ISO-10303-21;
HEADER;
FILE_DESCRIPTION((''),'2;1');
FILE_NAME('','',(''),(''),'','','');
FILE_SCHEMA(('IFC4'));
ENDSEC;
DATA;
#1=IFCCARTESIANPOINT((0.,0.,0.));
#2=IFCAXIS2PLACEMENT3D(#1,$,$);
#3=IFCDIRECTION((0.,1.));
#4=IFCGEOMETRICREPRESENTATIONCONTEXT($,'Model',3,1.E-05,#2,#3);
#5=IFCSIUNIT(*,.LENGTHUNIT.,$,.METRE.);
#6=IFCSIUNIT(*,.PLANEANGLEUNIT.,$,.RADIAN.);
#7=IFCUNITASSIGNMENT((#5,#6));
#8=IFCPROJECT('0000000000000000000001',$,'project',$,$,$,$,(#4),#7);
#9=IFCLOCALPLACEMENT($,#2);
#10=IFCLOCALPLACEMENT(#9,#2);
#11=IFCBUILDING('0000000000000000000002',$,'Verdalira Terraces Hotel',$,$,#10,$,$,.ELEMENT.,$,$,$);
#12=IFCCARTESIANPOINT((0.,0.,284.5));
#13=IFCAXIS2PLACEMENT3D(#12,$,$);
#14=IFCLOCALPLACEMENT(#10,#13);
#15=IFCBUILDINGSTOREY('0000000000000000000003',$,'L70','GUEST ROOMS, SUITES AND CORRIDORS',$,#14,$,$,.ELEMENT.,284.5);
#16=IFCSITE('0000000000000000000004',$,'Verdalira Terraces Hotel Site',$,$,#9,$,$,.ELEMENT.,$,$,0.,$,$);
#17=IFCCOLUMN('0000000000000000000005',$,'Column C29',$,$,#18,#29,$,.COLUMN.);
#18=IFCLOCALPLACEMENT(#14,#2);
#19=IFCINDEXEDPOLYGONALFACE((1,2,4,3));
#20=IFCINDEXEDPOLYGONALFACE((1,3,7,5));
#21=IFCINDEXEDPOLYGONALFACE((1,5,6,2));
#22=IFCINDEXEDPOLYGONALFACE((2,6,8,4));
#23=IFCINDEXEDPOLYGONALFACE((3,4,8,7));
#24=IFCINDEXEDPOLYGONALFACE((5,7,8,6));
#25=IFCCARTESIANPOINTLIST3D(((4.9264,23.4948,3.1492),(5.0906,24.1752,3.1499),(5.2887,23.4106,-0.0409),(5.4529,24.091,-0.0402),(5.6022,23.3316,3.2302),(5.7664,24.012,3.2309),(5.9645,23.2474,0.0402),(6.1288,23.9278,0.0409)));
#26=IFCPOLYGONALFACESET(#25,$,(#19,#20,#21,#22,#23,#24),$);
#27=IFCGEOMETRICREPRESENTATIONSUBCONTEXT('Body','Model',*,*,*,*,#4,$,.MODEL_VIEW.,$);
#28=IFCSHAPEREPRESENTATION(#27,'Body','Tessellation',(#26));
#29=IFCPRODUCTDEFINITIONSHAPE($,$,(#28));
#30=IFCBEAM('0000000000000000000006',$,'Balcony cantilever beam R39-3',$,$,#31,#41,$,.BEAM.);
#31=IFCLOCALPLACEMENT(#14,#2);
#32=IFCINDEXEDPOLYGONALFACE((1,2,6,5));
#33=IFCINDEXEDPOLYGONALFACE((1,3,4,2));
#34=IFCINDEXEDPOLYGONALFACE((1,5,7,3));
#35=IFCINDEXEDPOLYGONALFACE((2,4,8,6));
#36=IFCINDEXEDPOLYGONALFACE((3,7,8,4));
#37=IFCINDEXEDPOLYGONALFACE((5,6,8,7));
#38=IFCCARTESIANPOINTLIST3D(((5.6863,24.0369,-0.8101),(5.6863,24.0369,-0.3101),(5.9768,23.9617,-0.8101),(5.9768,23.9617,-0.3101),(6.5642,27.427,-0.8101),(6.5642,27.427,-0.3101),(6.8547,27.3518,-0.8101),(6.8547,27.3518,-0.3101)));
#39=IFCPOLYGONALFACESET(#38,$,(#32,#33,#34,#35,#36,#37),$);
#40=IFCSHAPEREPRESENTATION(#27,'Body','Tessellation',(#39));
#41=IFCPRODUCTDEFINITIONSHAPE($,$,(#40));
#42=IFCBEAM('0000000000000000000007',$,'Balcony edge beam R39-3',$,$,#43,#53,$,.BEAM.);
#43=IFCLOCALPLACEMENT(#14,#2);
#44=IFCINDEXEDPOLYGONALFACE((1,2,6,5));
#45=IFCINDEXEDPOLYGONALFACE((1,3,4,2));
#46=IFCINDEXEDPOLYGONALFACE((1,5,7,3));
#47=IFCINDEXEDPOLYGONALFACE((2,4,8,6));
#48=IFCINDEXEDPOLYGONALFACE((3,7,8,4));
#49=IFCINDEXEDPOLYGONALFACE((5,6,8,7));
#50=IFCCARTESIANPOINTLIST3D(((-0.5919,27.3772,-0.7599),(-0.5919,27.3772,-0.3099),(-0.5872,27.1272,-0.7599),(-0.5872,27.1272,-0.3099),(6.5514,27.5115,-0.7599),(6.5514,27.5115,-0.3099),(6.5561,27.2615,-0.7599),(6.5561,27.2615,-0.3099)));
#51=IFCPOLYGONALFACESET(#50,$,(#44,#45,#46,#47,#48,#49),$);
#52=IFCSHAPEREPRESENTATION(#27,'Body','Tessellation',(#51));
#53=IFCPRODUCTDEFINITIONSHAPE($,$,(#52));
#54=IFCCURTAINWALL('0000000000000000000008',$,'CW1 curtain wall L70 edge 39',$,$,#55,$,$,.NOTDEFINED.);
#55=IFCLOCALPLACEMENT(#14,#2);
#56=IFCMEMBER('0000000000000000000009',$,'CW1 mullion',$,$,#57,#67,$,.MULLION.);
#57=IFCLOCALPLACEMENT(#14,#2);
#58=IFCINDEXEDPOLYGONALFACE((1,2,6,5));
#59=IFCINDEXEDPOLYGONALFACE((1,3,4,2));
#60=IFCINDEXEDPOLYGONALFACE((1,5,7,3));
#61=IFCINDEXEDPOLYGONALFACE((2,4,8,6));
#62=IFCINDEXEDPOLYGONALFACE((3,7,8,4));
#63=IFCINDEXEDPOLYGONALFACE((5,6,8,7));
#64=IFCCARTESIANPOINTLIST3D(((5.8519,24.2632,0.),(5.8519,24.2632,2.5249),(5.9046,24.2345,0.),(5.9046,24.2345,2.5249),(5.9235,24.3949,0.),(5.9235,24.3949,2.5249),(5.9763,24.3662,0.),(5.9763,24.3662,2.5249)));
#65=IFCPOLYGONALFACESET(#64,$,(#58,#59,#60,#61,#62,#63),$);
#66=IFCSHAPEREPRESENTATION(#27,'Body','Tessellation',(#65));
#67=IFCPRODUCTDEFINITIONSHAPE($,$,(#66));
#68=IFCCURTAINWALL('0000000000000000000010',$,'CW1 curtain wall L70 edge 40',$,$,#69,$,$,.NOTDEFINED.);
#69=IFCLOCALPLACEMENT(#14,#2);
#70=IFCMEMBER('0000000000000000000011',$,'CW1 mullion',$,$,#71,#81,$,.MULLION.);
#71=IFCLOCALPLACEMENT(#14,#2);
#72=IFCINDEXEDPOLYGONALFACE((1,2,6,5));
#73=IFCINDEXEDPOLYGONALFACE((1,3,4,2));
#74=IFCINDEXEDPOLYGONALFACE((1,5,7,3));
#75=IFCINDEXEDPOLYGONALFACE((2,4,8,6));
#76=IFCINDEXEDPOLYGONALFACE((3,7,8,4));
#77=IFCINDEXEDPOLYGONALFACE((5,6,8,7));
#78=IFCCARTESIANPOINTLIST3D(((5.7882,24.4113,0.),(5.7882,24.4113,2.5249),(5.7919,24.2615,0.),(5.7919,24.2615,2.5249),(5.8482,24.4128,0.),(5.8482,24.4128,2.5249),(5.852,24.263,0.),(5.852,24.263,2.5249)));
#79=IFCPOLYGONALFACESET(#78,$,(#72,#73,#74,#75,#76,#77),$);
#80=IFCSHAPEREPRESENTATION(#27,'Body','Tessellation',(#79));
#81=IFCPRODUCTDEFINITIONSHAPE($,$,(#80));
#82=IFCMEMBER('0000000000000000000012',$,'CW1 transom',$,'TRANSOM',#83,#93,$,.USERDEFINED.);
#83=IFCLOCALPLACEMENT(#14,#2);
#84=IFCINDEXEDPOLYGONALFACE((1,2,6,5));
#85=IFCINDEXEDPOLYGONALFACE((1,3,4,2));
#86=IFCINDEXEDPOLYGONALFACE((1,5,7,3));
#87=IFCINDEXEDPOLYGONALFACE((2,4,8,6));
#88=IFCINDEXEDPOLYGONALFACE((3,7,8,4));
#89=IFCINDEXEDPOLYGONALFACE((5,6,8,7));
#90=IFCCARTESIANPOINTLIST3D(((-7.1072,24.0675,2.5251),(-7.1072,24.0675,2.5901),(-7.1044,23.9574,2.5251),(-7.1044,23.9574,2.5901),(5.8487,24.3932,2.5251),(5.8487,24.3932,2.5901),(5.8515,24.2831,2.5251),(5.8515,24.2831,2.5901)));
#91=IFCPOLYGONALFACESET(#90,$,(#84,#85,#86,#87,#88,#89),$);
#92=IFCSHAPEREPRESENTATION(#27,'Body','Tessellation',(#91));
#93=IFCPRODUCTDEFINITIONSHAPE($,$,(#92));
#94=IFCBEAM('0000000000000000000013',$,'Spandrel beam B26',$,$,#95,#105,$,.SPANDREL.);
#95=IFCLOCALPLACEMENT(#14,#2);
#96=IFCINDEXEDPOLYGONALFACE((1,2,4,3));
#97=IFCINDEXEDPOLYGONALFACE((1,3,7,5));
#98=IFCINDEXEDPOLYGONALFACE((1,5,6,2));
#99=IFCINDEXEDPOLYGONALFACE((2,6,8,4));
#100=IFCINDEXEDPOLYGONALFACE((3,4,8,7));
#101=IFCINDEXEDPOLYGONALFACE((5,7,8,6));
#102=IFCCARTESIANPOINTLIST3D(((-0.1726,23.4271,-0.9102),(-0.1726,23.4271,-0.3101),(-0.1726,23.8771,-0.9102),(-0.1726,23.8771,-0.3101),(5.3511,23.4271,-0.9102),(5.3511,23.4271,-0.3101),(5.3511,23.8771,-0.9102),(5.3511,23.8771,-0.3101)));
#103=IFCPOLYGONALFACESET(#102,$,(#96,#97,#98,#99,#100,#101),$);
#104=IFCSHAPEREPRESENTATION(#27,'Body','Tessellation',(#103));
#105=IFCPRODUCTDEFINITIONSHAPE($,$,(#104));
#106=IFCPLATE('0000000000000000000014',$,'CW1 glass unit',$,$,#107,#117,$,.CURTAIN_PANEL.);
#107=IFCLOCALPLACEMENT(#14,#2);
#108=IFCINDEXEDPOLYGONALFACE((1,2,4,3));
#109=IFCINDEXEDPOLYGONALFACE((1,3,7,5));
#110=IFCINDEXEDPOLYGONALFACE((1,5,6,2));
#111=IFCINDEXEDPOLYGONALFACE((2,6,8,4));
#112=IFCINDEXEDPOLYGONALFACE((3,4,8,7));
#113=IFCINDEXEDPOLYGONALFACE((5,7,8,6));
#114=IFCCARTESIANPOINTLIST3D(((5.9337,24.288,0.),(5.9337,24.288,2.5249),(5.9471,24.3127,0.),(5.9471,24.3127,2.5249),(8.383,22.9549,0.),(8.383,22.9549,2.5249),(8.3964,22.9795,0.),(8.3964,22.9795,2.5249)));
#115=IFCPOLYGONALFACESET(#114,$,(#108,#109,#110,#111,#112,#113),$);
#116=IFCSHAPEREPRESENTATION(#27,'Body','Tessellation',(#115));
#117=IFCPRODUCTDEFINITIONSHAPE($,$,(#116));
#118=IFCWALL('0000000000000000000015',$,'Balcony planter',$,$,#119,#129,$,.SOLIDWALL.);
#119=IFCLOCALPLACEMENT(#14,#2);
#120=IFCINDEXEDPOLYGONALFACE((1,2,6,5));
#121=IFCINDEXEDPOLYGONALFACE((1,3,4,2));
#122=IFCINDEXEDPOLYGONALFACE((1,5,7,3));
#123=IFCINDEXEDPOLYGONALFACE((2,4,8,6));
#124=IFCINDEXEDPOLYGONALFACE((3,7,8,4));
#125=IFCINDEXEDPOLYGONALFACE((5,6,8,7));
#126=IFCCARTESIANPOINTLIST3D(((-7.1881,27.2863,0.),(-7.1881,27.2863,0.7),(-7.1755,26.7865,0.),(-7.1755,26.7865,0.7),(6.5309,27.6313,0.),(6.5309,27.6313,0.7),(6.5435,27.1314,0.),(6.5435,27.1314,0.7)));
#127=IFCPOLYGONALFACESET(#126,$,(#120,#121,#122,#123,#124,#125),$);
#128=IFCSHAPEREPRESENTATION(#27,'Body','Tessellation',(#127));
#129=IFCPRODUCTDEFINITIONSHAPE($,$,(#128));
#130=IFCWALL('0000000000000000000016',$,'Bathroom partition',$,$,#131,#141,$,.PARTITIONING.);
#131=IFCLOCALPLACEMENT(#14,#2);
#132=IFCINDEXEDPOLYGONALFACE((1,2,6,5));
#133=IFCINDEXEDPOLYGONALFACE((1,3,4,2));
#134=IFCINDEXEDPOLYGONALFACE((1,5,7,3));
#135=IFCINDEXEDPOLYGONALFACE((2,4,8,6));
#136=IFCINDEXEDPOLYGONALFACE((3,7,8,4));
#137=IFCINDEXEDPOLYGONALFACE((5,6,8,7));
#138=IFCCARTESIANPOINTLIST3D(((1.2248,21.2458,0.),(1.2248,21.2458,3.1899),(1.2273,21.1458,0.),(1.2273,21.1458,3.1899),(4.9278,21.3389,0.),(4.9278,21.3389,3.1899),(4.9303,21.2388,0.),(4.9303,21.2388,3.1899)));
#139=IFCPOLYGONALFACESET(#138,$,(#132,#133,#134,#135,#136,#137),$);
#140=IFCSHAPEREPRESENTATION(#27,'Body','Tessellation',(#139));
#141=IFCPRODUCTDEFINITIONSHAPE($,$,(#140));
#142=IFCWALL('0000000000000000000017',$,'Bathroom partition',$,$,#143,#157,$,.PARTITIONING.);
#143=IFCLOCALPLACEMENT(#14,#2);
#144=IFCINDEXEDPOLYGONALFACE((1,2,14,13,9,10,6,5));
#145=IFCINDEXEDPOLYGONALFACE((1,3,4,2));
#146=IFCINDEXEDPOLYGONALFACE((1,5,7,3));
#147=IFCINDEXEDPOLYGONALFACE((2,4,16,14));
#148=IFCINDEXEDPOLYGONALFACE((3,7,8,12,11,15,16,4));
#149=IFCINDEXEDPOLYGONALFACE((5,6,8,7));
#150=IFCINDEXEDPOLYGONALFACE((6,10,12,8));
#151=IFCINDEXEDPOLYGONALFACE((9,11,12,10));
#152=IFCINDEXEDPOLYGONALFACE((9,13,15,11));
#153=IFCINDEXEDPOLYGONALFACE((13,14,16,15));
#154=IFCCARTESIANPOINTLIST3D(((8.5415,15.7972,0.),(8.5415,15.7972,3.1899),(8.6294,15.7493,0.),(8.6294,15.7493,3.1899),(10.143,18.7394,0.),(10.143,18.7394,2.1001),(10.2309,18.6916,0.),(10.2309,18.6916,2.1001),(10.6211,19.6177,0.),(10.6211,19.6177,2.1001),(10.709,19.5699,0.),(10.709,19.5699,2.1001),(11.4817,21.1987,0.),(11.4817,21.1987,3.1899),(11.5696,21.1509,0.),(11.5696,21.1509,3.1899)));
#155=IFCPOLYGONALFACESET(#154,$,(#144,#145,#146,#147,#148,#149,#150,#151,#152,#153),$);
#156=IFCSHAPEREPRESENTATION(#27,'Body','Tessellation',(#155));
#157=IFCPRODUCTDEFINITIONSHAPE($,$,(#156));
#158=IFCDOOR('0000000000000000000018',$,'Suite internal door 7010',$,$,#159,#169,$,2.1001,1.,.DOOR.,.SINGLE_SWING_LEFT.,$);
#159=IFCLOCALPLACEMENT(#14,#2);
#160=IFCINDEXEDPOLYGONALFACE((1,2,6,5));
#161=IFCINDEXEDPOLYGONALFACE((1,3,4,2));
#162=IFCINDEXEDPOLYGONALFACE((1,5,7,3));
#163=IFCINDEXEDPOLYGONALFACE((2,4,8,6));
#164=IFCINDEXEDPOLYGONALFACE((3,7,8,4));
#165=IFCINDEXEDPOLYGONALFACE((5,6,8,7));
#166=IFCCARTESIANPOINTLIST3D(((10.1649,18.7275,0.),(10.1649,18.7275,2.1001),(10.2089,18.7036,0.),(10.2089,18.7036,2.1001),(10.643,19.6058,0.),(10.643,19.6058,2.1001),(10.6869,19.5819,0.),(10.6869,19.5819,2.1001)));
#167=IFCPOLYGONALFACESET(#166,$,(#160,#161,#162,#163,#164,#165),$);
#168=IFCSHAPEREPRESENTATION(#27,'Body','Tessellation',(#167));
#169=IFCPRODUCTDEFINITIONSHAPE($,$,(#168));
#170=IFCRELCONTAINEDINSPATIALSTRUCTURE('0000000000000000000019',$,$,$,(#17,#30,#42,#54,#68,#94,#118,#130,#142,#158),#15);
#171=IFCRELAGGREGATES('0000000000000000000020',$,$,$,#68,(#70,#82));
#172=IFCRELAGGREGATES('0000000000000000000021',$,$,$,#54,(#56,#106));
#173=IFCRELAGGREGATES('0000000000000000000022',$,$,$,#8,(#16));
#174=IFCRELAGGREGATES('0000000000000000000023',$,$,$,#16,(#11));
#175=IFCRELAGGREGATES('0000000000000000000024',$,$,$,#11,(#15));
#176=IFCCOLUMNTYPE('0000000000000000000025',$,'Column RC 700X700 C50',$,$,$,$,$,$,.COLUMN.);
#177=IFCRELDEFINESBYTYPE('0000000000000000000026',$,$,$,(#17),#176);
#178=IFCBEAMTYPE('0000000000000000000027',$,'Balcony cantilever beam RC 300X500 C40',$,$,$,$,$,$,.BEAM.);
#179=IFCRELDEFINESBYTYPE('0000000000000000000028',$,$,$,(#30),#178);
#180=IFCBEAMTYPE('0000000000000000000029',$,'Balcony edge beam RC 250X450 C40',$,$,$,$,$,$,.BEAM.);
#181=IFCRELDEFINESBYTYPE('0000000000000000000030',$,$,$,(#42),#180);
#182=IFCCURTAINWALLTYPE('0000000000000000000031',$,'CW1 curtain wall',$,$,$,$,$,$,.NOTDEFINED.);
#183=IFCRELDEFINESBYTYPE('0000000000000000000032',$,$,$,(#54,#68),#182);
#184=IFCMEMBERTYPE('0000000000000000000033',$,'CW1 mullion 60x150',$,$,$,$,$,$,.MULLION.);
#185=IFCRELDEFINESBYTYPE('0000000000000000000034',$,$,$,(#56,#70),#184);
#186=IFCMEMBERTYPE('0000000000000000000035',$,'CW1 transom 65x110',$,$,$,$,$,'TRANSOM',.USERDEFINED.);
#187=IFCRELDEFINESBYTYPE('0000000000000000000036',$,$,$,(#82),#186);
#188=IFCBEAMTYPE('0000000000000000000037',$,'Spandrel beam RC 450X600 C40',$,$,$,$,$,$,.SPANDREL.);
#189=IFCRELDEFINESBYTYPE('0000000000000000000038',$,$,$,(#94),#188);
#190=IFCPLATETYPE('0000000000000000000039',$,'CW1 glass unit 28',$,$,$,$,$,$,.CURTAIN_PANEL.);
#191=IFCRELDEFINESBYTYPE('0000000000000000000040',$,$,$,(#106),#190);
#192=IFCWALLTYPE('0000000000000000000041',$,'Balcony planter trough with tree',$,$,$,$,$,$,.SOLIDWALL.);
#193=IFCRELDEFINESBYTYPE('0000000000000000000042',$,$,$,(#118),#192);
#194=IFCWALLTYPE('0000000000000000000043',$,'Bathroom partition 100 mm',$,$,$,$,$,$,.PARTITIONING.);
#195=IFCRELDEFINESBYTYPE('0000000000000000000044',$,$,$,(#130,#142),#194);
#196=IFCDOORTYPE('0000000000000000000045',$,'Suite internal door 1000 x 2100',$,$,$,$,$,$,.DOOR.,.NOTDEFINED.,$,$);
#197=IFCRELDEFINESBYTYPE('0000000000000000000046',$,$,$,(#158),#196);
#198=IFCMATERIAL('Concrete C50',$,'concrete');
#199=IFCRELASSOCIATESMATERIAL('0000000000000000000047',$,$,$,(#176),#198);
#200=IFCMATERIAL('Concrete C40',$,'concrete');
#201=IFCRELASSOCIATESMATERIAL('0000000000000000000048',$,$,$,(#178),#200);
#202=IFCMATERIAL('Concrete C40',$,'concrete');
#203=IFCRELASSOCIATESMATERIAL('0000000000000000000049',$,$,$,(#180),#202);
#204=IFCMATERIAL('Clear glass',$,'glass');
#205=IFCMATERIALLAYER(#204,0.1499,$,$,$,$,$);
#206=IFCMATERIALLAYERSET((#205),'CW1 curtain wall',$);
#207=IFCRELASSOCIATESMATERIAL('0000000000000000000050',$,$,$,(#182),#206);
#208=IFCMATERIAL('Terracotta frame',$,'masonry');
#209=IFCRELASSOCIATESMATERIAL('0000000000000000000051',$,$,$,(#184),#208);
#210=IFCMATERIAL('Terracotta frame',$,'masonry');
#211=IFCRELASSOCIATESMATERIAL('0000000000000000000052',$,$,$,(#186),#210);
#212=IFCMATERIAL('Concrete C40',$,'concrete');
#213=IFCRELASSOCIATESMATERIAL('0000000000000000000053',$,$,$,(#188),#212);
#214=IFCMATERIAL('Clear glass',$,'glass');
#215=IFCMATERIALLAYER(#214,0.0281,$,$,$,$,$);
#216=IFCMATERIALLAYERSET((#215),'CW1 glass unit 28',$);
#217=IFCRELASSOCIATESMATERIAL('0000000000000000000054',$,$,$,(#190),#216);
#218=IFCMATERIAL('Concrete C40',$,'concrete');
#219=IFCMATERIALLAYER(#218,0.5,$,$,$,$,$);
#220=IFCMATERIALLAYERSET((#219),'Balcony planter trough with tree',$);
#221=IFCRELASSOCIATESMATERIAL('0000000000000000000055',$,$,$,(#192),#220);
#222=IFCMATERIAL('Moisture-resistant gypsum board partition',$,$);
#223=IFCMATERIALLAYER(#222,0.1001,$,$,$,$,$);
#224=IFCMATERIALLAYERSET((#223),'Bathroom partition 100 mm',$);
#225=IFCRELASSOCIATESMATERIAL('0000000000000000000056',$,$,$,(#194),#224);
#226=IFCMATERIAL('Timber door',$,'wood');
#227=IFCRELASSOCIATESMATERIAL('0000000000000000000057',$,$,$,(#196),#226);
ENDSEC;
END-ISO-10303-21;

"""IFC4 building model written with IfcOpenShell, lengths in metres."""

from ifc_helpers import new_model, si_unit, direction, frame, frame_2d, origin, origin_2d, place, context, subcontext, project, spatial, rectangle, extrude, material, layer, layer_set, material_profile, profile_set, type_object, element, fill, aggregate, save


model = new_model("IFC4")

# Units and contexts
model_context = context("Model", 3, precision=1e-05, world=origin(), true_north=direction((0.0, 1.0)))
body_context = subcontext(model_context, "Body", "Model", "MODEL_VIEW")
ifc_project = project(units=[si_unit("LENGTHUNIT", "METRE"), si_unit("PLANEANGLEUNIT", "RADIAN")], contexts=[model_context])

# Site, building, storey
site_placement = place(None, origin())
site = spatial("IfcSite", under=ifc_project, at=site_placement, Name="Verdalira Terraces Hotel Site", CompositionType="ELEMENT", RefElevation=0.0)
building_placement = place(site_placement, origin())
building = spatial("IfcBuilding", under=site, at=building_placement, Name="Verdalira Terraces Hotel", CompositionType="ELEMENT")
storey_placement = place(building_placement, frame((0.0, 0.0, 284.5)))
storey = spatial("IfcBuildingStorey", under=building, at=storey_placement, Name="L70", Description="GUEST ROOMS, SUITES AND CORRIDORS", CompositionType="ELEMENT", Elevation=284.5)

# Column
ifc_material_1 = material(Name="Concrete C50", Category="concrete")
ifc_material_profile_1 = material_profile(ifc_material_1, rectangle(XDim=0.7, YDim=0.7, at=origin_2d()), Name="RC 700X700")
ifc_profile_set_1 = profile_set([ifc_material_profile_1], Name="Concrete C50")
column_type = type_object("IfcColumnType", Name="Column RC 700X700 C50", PredefinedType="COLUMN", material=ifc_profile_set_1)
column_placement = place(storey_placement, frame((5.7087, 23.6692, 0.0), z_axis=(-0.112813, 0.026227, 0.99327), x_axis=(0.965526, -0.233123, 0.115817)))
element("IfcColumn", 1, at=column_placement, inside=storey, type_object=column_type, Name="Column C29", PredefinedType="COLUMN", context=body_context, shape_type="SweptSolid", body=[
    extrude(rectangle(XDim=0.7, YDim=0.7, at=origin_2d()), origin(), (0.0, 0.0, 1.0), 3.2117),
])

# Beams
ifc_material_2 = material(Name="Concrete C40", Category="concrete")
ifc_material_profile_2 = material_profile(ifc_material_2, rectangle(XDim=0.3, YDim=0.5, at=origin_2d()), Name="RC 300X500")
ifc_profile_set_2 = profile_set([ifc_material_profile_2], Name="Concrete C40")
beam_type_1 = type_object("IfcBeamType", Name="Balcony cantilever beam RC 300X500 C40", PredefinedType="BEAM", material=ifc_profile_set_2)
beam_1_placement = place(storey_placement, frame((5.8315, 23.9993, -0.5601), z_axis=(0.250696, 0.968066, 0.0), x_axis=(-0.968066, 0.250696, 0.0)))
element("IfcBeam", 2, at=beam_1_placement, inside=storey, type_object=beam_type_1, Name="Balcony cantilever beam R39-3", PredefinedType="BEAM", context=body_context, shape_type="SweptSolid", body=[
    extrude(rectangle(XDim=0.3, YDim=0.5, at=origin_2d()), origin(), (0.0, 0.0, 1.0), 3.502),
])
ifc_material_3 = material(Name="Concrete C40", Category="concrete")
ifc_material_profile_3 = material_profile(ifc_material_3, rectangle(XDim=0.25, YDim=0.45, at=origin_2d()), Name="RC 250X450")
ifc_profile_set_3 = profile_set([ifc_material_profile_3], Name="Concrete C40")
beam_type_2 = type_object("IfcBeamType", Name="Balcony edge beam RC 250X450 C40", PredefinedType="BEAM", material=ifc_profile_set_3)
beam_2_placement = place(storey_placement, frame((6.5537, 27.3865, -0.5349), z_axis=(-0.999823, -0.018794, 0.0), x_axis=(0.018794, -0.999823, 0.0)))
element("IfcBeam", 3, at=beam_2_placement, inside=storey, type_object=beam_type_2, Name="Balcony edge beam R39-3", PredefinedType="BEAM", context=body_context, shape_type="SweptSolid", body=[
    extrude(rectangle(XDim=0.25, YDim=0.45, at=origin_2d()), origin(), (0.0, 0.0, 1.0), 7.1445),
])

# Curtain wall, member
ifc_material_4 = material(Name="Clear glass", Category="glass")
ifc_layer_1 = layer(ifc_material_4, 0.1499)
ifc_layer_set_1 = layer_set([ifc_layer_1], Name="CW1 curtain wall")
curtain_wall_type = type_object("IfcCurtainWallType", Name="CW1 curtain wall", PredefinedType="NOTDEFINED", material=ifc_layer_set_1)
curtain_wall_1_placement = place(storey_placement, origin())
curtain_wall_1 = element("IfcCurtainWall", 4, at=curtain_wall_1_placement, inside=storey, type_object=curtain_wall_type, Name="CW1 curtain wall L70 edge 39", PredefinedType="NOTDEFINED")
ifc_material_5 = material(Name="Terracotta frame", Category="masonry")
ifc_material_profile_4 = material_profile(ifc_material_5, rectangle(XDim=0.0601, YDim=0.1499, at=origin_2d()), Name="MU 60x150")
ifc_profile_set_4 = profile_set([ifc_material_profile_4], Name="Terracotta frame")
member_type_1 = type_object("IfcMemberType", Name="CW1 mullion 60x150", PredefinedType="MULLION", material=ifc_profile_set_4)
member_1_placement = place(storey_placement, frame((5.9141, 24.3147, 0.0), z_axis=(0.0, 0.0, 1.0), x_axis=(-0.878317, 0.478079, 0.0)))
member_1 = element("IfcMember", 5, at=member_1_placement, type_object=member_type_1, Name="CW1 mullion", PredefinedType="MULLION", context=body_context, shape_type="SweptSolid", body=[
    extrude(rectangle(XDim=0.0601, YDim=0.1499, at=origin_2d()), origin(), (0.0, 0.0, 1.0), 2.5249),
])

# Curtain wall, members
curtain_wall_2_placement = place(storey_placement, origin())
curtain_wall_2 = element("IfcCurtainWall", 6, at=curtain_wall_2_placement, inside=storey, type_object=curtain_wall_type, Name="CW1 curtain wall L70 edge 40", PredefinedType="NOTDEFINED")
member_2_placement = place(storey_placement, frame((5.8201, 24.3372, 0.0), z_axis=(0.0, 0.0, 1.0), x_axis=(-0.999684, -0.02513, 0.0)))
member_2 = element("IfcMember", 7, at=member_2_placement, type_object=member_type_1, Name="CW1 mullion", PredefinedType="MULLION", context=body_context, shape_type="SweptSolid", body=[
    extrude(rectangle(XDim=0.0601, YDim=0.1499, at=origin_2d()), origin(), (0.0, 0.0, 1.0), 2.5249),
])
ifc_material_6 = material(Name="Terracotta frame", Category="masonry")
ifc_material_profile_5 = material_profile(ifc_material_6, rectangle(XDim=0.1101, YDim=0.0649, at=origin_2d()), Name="TR 65x110")
ifc_profile_set_5 = profile_set([ifc_material_profile_5], Name="Terracotta frame")
member_type_2 = type_object("IfcMemberType", Name="CW1 transom 65x110", ElementType="TRANSOM", PredefinedType="USERDEFINED", material=ifc_profile_set_5)
member_3_placement = place(storey_placement, frame((5.8501, 24.3381, 2.5576), z_axis=(-0.999684, -0.02513, 0.0), x_axis=(0.02513, -0.999684, 0.0)))
member_3 = element("IfcMember", 8, at=member_3_placement, type_object=member_type_2, Name="CW1 transom", ObjectType="TRANSOM", PredefinedType="USERDEFINED", context=body_context, shape_type="SweptSolid", body=[
    extrude(rectangle(XDim=0.1101, YDim=0.0649, at=origin_2d()), origin(), (0.0, 0.0, 1.0), 12.96),
])
aggregate(curtain_wall_2, [member_2, member_3])

# Beam
ifc_material_7 = material(Name="Concrete C40", Category="concrete")
ifc_material_profile_6 = material_profile(ifc_material_7, rectangle(XDim=0.45, YDim=0.6001, at=origin_2d()), Name="RC 450X600")
ifc_profile_set_6 = profile_set([ifc_material_profile_6], Name="Concrete C40")
beam_type_3 = type_object("IfcBeamType", Name="Spandrel beam RC 450X600 C40", PredefinedType="SPANDREL", material=ifc_profile_set_6)
beam_3_placement = place(storey_placement, frame((5.3511, 23.6521, -0.6101), z_axis=(-1.0, 0.0, 0.0), x_axis=(0.0, -1.0, 0.0)))
element("IfcBeam", 9, at=beam_3_placement, inside=storey, type_object=beam_type_3, Name="Spandrel beam B26", PredefinedType="SPANDREL", context=body_context, shape_type="SweptSolid", body=[
    extrude(rectangle(XDim=0.45, YDim=0.6001, at=origin_2d()), origin(), (0.0, 0.0, 1.0), 5.5237),
])

# Plate
ifc_material_8 = material(Name="Clear glass", Category="glass")
ifc_layer_2 = layer(ifc_material_8, 0.0281)
ifc_layer_set_2 = layer_set([ifc_layer_2], Name="CW1 glass unit 28")
plate_type = type_object("IfcPlateType", Name="CW1 glass unit 28", PredefinedType="CURTAIN_PANEL", material=ifc_layer_set_2)
plate_placement = place(storey_placement, frame((7.165, 23.6338, 0.0), z_axis=(0.0, 0.0, 1.0), x_axis=(-0.878317, 0.478079, 0.0)))
plate = element("IfcPlate", 10, at=plate_placement, type_object=plate_type, Name="CW1 glass unit", PredefinedType="CURTAIN_PANEL", context=body_context, shape_type="SweptSolid", body=[
    extrude(rectangle(XDim=2.7886, YDim=0.0281, at=origin_2d()), origin(), (0.0, 0.0, 1.0), 2.5249),
])
aggregate(curtain_wall_1, [member_1, plate])

# Walls
ifc_material_9 = material(Name="Concrete C40", Category="concrete")
ifc_layer_3 = layer(ifc_material_9, 0.5)
ifc_layer_set_3 = layer_set([ifc_layer_3], Name="Balcony planter trough with tree")
wall_type_1 = type_object("IfcWallType", Name="Balcony planter trough with tree", PredefinedType="SOLIDWALL", material=ifc_layer_set_3)
wall_1_placement = place(storey_placement, frame((6.5374, 27.3813, 0.0), z_axis=(0.0, 0.0, 1.0), x_axis=(-0.999684, -0.025138, 0.0)))
element("IfcWall", 11, at=wall_1_placement, inside=storey, type_object=wall_type_1, Name="Balcony planter", PredefinedType="SOLIDWALL", context=body_context, shape_type="SweptSolid", body=[
    extrude(rectangle(XDim=13.7234, YDim=0.5, at=frame_2d((6.8618, 0.0))), origin(), (0.0, 0.0, 1.0), 0.7),
])
ifc_material_10 = material(Name="Moisture-resistant gypsum board partition")
ifc_layer_4 = layer(ifc_material_10, 0.1001)
ifc_layer_set_4 = layer_set([ifc_layer_4], Name="Bathroom partition 100 mm")
wall_type_2 = type_object("IfcWallType", Name="Bathroom partition 100 mm", PredefinedType="PARTITIONING", material=ifc_layer_set_4)
wall_2_placement = place(storey_placement, frame((1.2261, 21.1958, 0.0), z_axis=(0.0, 0.0, 1.0), x_axis=(0.999685, 0.025112, 0.0)))
element("IfcWall", 12, at=wall_2_placement, inside=storey, type_object=wall_type_2, Name="Bathroom partition", PredefinedType="PARTITIONING", context=body_context, shape_type="SweptSolid", body=[
    extrude(rectangle(XDim=3.7041, YDim=0.1001, at=frame_2d((1.8521, 0.0))), origin(), (0.0, 0.0, 1.0), 3.1899),
])

# Wall, opening, door
wall_3_placement = place(storey_placement, frame((11.5256, 21.1748, 0.0), z_axis=(0.0, 0.0, 1.0), x_axis=(-0.478082, -0.878315, 0.0)))
wall_3 = element("IfcWall", 13, at=wall_3_placement, inside=storey, type_object=wall_type_2, Name="Bathroom partition", PredefinedType="PARTITIONING", context=body_context, shape_type="SweptSolid", body=[
    extrude(rectangle(XDim=6.1499, YDim=0.1001, at=frame_2d((3.075, 0.0))), origin(), (0.0, 0.0, 1.0), 3.1899),
])
opening_1_placement = place(wall_3_placement, frame((1.8, 0.0, 0.0)))
opening_1 = element("IfcOpeningElement", 14, at=opening_1_placement, cuts=wall_3, PredefinedType="OPENING", context=body_context, shape_type="SweptSolid", body=[
    extrude(rectangle(XDim=1.0, YDim=2.1001, at=frame_2d((0.5, 1.05))), frame((0.0, 0.0601, 0.0), z_axis=(0.0, -1.0, 0.0), x_axis=(1.0, 0.0, 0.0)), (0.0, 0.0, 1.0), 0.1201),
])
ifc_material_11 = material(Name="Timber door", Category="wood")
door_type_1 = type_object("IfcDoorType", Name="Suite internal door 1000 x 2100", OperationType="NOTDEFINED", PredefinedType="DOOR", material=ifc_material_11)
door_1_placement = place(opening_1_placement, origin())
door_1 = element("IfcDoor", 15, at=door_1_placement, inside=storey, type_object=door_type_1, Name="Suite internal door 7010", OperationType="SINGLE_SWING_LEFT", OverallHeight=2.1001, OverallWidth=1.0, PredefinedType="DOOR", context=body_context, shape_type="SweptSolid", body=[
    extrude(rectangle(XDim=1.0, YDim=2.1001, at=frame_2d((0.5, 1.05))), frame((0.0, 0.0249, 0.0), z_axis=(0.0, -1.0, 0.0), x_axis=(1.0, 0.0, 0.0)), (0.0, 0.0, 1.0), 0.05),
])
fill(opening_1, door_1)

save(model, "model.ifc")
